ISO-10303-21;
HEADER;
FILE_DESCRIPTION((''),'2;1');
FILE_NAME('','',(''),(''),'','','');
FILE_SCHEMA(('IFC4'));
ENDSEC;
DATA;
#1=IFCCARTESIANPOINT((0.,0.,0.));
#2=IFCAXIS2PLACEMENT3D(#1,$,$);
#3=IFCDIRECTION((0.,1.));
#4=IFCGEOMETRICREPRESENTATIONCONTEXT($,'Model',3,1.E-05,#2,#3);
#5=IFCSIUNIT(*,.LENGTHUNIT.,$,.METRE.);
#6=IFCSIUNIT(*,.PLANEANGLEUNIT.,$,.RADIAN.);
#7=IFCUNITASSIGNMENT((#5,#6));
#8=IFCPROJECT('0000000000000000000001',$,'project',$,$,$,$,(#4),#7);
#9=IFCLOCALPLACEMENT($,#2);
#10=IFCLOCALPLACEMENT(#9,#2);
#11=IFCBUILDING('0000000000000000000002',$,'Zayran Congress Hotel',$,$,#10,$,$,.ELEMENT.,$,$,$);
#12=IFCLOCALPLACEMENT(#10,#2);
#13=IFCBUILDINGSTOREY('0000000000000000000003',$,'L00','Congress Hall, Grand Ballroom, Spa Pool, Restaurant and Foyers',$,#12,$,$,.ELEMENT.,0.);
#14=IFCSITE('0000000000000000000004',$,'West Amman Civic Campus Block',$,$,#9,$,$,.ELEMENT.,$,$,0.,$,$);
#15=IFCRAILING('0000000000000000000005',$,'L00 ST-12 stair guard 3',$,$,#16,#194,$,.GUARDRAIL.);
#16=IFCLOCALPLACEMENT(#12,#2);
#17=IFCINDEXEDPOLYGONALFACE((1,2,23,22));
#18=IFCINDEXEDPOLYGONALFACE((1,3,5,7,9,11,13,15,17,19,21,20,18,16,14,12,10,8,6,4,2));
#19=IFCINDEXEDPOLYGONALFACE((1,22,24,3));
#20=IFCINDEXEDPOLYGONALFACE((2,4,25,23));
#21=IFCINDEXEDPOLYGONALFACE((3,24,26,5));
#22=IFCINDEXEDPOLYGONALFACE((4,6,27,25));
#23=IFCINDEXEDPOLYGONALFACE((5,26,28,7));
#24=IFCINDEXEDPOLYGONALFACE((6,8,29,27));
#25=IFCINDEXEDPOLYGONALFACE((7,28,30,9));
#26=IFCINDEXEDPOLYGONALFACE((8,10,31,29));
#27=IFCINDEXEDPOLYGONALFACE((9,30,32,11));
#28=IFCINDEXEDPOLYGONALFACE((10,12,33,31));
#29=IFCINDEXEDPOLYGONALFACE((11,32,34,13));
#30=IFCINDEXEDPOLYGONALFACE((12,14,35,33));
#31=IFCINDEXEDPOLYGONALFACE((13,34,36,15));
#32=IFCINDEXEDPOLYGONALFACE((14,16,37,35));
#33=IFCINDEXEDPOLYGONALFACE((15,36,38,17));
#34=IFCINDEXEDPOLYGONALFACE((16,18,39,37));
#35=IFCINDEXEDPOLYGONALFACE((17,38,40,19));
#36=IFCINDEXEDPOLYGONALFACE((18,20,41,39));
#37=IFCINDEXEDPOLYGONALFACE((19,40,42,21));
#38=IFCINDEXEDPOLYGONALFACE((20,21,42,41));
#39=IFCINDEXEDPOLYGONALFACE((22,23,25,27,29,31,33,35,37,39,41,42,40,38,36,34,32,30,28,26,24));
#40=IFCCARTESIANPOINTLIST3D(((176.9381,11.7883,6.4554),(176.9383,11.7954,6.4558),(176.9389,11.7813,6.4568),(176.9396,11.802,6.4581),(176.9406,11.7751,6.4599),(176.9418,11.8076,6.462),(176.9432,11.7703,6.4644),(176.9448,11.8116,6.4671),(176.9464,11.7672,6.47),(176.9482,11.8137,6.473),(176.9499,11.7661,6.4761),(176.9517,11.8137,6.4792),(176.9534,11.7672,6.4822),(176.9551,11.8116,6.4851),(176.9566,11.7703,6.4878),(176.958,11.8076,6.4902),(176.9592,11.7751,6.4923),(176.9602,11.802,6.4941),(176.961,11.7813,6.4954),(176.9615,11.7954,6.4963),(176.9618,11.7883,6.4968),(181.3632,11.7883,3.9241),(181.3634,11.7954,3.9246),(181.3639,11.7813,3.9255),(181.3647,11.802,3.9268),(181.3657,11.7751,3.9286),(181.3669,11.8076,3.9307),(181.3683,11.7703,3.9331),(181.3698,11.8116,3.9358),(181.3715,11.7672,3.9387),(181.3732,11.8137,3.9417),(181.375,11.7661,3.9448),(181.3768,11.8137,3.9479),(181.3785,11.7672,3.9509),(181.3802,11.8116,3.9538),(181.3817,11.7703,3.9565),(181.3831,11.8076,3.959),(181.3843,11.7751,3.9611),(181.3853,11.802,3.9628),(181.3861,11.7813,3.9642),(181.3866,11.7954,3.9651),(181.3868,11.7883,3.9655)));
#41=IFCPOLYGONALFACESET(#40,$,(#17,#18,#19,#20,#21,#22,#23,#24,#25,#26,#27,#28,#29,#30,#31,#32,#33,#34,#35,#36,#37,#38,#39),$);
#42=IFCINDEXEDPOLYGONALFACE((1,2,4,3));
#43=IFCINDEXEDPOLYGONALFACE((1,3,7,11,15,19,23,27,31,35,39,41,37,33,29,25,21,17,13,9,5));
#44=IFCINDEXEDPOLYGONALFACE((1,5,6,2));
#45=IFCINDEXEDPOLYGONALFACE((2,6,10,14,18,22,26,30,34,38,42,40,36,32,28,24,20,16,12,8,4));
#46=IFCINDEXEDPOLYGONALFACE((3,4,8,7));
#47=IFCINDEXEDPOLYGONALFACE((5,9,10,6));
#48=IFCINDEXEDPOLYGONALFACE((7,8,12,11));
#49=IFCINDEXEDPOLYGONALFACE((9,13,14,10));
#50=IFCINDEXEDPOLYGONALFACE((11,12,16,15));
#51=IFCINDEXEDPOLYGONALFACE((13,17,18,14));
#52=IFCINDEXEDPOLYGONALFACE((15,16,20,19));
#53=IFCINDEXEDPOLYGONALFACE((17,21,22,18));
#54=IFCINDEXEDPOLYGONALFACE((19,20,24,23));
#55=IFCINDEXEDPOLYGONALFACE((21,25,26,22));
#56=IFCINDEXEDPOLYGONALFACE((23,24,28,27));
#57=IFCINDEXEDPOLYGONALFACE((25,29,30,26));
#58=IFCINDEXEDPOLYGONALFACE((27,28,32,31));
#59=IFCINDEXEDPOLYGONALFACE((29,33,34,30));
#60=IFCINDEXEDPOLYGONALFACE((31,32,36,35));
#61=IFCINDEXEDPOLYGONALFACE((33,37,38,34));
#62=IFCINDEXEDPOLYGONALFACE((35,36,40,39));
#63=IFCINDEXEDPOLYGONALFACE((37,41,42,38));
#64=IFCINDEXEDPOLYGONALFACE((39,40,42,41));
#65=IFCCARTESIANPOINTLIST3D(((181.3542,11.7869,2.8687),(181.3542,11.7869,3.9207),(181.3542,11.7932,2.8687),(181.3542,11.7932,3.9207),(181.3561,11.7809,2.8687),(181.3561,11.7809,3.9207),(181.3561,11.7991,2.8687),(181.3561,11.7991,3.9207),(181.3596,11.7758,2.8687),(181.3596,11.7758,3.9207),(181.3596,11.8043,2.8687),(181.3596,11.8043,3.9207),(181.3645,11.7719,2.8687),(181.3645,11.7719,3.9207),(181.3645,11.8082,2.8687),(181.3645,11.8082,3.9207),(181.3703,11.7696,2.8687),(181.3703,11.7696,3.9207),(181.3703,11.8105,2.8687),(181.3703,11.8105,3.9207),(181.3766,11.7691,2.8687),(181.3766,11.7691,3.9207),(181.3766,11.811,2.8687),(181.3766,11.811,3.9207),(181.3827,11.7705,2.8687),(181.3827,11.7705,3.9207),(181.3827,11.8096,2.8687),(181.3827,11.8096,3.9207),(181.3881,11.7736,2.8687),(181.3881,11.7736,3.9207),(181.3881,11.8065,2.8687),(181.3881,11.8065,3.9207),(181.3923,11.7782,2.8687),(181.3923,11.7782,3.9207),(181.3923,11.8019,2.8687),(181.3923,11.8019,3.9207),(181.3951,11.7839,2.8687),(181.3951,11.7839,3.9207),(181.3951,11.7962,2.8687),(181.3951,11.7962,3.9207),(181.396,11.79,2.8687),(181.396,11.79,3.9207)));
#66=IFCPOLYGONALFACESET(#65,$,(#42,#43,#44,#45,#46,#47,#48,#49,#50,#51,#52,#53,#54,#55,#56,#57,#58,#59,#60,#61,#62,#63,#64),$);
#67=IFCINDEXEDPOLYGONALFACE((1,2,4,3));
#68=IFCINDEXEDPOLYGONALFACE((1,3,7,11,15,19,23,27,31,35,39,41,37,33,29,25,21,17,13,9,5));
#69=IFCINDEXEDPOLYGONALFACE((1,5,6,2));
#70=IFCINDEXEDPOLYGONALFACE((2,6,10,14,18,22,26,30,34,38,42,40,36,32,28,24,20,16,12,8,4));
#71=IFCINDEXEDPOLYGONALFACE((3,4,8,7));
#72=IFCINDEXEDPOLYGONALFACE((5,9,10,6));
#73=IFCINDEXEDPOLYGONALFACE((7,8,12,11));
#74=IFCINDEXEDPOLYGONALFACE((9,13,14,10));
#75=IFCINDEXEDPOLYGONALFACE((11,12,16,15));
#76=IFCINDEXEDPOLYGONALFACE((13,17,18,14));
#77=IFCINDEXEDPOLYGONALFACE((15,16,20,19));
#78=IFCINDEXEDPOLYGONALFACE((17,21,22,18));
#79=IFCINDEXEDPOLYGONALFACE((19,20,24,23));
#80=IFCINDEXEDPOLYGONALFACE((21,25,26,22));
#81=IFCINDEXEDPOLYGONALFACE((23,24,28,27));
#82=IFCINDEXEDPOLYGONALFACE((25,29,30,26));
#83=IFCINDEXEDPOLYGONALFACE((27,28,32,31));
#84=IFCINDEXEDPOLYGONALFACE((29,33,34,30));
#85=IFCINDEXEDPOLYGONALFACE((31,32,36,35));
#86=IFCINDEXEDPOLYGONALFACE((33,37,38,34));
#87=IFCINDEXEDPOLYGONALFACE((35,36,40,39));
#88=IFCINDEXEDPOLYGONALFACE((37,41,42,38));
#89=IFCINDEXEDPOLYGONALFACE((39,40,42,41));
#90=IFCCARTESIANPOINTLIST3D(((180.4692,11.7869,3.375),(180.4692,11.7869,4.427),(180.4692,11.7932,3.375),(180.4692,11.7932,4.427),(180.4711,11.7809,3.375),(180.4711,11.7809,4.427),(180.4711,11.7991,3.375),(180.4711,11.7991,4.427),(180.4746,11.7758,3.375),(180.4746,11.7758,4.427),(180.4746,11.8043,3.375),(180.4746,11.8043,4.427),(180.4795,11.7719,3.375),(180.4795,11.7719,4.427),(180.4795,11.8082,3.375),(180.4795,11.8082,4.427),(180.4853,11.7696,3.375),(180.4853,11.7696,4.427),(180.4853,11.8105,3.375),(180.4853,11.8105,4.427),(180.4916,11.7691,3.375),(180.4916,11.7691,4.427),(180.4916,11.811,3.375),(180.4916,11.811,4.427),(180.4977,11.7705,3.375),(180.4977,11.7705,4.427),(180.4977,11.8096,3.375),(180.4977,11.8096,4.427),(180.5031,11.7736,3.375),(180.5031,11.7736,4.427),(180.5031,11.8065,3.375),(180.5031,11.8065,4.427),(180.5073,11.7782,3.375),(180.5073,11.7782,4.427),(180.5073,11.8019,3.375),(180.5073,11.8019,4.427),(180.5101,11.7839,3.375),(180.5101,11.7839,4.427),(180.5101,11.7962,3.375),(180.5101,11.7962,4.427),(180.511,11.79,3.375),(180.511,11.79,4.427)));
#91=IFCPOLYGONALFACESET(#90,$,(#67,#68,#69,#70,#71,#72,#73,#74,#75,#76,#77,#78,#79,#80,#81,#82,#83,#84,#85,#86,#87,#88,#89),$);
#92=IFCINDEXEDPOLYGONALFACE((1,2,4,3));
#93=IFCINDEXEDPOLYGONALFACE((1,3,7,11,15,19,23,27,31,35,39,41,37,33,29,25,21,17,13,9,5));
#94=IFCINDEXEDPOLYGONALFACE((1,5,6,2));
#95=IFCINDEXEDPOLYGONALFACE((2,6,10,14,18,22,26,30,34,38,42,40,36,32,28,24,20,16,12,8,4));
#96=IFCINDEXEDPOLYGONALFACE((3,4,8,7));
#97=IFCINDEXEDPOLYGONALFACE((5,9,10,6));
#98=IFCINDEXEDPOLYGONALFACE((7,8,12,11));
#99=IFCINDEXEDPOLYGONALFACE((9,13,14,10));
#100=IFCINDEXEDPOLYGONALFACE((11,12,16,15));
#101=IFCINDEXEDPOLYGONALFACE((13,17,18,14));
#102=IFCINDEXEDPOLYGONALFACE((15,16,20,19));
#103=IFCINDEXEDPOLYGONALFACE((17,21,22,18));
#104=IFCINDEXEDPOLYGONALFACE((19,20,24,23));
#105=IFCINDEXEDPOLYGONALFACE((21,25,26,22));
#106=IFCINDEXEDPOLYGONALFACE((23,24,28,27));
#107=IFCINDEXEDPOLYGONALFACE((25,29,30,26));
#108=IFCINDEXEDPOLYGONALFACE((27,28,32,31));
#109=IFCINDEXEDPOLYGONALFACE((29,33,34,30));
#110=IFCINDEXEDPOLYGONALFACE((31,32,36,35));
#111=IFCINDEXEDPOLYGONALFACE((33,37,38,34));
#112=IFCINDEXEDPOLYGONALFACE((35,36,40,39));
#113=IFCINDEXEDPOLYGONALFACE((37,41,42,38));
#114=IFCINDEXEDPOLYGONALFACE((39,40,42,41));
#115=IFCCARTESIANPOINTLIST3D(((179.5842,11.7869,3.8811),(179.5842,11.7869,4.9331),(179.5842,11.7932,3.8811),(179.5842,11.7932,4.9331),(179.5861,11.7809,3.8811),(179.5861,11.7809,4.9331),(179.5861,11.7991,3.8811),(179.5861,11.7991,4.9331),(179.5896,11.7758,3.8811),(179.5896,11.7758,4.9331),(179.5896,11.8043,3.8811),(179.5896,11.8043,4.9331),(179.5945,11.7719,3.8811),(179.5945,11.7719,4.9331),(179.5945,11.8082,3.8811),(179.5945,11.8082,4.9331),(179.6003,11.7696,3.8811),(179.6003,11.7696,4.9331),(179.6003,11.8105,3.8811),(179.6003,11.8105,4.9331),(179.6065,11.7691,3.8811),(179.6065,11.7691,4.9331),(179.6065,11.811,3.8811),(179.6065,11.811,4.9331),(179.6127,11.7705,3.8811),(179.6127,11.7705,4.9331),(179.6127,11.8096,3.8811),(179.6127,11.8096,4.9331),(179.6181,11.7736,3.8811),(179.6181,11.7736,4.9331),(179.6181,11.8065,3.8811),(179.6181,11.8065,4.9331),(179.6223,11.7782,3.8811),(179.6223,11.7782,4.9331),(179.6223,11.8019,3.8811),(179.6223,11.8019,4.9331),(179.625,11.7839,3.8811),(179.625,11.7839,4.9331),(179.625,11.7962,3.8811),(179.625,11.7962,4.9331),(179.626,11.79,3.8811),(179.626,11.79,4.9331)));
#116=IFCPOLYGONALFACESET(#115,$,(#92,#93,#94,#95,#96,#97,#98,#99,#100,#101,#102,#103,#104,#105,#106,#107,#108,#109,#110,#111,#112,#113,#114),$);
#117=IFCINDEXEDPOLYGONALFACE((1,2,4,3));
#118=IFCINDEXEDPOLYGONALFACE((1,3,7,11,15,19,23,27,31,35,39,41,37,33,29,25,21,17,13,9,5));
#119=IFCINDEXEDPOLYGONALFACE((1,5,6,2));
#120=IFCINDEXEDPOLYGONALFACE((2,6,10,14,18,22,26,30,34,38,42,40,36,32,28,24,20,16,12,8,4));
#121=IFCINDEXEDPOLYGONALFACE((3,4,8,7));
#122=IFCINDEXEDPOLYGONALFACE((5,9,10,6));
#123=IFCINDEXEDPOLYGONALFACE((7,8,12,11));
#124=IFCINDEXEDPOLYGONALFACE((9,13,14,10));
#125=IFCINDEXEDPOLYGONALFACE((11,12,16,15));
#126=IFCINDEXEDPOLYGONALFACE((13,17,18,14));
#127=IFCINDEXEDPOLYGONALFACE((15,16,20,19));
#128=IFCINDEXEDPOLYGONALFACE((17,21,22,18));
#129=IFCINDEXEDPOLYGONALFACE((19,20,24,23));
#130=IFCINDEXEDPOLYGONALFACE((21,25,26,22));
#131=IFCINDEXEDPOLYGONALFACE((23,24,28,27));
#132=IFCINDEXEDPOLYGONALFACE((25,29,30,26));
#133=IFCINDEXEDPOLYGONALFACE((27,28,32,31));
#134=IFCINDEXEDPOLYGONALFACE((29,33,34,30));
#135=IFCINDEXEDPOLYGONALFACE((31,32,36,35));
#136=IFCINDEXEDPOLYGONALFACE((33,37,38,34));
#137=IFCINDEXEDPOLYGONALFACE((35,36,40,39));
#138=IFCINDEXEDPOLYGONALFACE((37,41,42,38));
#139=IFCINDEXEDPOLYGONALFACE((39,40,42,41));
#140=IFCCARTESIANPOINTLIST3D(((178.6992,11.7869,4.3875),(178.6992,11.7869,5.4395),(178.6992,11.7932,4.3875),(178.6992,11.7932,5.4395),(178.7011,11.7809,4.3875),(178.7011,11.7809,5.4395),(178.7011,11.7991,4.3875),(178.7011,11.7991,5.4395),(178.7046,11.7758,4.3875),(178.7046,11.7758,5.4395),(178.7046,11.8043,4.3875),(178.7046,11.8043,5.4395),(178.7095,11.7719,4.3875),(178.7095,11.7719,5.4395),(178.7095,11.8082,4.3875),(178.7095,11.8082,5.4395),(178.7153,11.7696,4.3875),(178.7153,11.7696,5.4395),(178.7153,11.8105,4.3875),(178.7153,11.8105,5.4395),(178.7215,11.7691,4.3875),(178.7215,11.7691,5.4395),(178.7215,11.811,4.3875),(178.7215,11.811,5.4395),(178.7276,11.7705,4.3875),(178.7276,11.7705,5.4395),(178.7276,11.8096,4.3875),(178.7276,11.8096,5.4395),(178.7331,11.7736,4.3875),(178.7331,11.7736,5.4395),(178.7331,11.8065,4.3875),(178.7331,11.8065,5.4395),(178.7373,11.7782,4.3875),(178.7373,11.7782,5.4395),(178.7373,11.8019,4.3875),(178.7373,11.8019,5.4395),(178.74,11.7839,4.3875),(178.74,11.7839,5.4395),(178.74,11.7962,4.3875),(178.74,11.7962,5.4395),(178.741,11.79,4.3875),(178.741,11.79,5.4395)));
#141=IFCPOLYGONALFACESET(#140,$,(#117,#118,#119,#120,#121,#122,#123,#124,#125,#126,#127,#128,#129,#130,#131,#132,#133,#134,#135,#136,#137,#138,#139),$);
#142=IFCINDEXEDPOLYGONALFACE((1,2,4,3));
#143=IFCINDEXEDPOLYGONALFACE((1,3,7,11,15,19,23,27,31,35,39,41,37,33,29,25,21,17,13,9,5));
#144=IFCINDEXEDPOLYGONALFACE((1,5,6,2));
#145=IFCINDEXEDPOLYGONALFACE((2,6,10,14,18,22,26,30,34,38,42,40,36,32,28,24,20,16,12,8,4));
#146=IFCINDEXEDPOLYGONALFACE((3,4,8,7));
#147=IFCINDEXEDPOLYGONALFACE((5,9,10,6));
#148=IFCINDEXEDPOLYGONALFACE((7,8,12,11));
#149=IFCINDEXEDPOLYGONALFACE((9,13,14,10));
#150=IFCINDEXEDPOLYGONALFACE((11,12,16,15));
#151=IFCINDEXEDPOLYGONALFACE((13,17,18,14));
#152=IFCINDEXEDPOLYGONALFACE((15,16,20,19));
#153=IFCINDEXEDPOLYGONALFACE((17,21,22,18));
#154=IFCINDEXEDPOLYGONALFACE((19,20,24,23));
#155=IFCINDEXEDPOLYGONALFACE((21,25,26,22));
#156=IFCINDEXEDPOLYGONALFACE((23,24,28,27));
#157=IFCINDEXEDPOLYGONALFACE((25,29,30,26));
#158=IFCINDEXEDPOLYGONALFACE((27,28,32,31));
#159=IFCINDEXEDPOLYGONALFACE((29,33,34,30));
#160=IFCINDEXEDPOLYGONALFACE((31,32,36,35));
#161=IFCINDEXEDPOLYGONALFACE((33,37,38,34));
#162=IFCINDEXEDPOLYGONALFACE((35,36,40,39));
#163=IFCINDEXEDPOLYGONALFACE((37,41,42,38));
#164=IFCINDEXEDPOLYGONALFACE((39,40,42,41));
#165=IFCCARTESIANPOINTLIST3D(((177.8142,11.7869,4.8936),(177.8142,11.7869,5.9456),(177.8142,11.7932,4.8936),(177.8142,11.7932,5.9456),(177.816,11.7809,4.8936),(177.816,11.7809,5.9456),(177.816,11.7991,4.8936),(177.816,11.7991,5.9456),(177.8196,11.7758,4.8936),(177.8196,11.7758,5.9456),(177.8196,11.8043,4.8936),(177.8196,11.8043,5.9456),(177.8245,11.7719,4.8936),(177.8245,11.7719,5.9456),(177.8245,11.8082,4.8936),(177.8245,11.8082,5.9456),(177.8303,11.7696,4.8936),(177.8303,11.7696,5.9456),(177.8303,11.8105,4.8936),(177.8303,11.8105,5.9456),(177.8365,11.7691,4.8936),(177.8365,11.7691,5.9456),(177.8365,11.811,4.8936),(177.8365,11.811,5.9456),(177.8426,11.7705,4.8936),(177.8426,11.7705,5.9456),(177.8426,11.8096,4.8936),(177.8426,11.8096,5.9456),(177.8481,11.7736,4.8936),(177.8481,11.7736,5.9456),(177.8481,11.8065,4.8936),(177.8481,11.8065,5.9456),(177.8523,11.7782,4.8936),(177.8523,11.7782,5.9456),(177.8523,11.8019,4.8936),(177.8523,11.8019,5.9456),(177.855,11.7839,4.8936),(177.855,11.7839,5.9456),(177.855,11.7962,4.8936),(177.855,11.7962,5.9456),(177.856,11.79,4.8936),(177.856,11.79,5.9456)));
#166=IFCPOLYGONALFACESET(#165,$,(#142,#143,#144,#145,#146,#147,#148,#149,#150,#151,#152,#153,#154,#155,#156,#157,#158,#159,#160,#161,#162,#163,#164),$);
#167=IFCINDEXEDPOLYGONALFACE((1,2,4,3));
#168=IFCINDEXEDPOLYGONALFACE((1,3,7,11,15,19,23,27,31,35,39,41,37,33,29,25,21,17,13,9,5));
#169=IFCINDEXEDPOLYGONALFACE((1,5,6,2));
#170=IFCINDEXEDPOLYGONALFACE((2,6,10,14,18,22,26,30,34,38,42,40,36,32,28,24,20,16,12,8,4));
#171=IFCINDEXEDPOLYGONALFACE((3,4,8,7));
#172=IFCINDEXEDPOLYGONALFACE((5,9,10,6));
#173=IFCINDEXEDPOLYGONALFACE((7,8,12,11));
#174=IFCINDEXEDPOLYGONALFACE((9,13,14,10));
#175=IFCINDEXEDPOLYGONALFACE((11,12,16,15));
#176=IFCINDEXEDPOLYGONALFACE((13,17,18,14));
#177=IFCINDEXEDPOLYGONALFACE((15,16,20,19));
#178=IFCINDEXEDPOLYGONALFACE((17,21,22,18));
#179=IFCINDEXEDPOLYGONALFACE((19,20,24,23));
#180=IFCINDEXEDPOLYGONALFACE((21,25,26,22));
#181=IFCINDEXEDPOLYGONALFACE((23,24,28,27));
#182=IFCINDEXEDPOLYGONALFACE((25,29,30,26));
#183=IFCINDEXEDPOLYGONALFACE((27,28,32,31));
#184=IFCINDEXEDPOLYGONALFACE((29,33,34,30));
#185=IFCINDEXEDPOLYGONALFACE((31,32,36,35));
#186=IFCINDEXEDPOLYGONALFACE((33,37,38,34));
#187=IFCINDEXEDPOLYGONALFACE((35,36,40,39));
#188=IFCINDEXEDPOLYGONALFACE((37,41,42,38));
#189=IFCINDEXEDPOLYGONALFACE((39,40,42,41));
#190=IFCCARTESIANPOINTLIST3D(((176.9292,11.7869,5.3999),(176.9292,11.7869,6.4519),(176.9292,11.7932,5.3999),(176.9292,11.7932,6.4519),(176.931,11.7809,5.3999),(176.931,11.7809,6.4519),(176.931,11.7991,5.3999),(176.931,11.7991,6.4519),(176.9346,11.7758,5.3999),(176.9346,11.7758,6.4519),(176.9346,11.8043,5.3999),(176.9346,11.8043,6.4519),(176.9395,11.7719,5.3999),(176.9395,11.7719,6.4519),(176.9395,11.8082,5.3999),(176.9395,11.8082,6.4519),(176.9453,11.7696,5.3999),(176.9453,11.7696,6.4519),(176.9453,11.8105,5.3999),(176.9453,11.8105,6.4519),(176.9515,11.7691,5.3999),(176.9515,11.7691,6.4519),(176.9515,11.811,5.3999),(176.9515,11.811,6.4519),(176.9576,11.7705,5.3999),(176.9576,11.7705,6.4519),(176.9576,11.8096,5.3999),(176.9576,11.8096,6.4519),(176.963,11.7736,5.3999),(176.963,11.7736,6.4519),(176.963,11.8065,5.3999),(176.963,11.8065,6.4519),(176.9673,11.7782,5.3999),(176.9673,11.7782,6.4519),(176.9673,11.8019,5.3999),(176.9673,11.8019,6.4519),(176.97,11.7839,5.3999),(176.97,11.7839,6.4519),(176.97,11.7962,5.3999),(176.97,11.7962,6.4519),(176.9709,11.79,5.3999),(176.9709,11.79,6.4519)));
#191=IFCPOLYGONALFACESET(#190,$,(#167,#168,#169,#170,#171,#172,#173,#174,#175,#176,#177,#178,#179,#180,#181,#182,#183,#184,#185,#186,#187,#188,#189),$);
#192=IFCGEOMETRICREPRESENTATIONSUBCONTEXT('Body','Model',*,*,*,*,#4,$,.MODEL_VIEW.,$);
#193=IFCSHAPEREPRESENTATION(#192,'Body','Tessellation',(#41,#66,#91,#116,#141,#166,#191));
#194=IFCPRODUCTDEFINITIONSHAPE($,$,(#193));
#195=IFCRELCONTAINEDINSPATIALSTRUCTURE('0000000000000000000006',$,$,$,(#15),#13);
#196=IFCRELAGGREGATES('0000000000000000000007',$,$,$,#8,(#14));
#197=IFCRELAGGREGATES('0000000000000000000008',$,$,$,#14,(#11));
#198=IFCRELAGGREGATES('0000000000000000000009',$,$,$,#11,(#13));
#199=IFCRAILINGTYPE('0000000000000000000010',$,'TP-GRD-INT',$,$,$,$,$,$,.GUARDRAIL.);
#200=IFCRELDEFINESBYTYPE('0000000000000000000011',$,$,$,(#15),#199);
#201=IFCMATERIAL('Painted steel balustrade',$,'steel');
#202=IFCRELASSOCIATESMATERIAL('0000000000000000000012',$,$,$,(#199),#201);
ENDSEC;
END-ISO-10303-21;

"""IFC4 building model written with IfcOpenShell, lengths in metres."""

from ifc_helpers import new_model, si_unit, direction, frame, origin, origin_2d, place, context, subcontext, project, spatial, circle, extrude, material, type_object, element, save


model = new_model("IFC4")

# Units and contexts
model_context = context("Model", 3, precision=1e-05, world=origin(), true_north=direction((0.0, 1.0)))
body_context = subcontext(model_context, "Body", "Model", "MODEL_VIEW")
ifc_project = project(units=[si_unit("LENGTHUNIT", "METRE"), si_unit("PLANEANGLEUNIT", "RADIAN")], contexts=[model_context])

# Site, building, storey
site_placement = place(None, origin())
site = spatial("IfcSite", under=ifc_project, at=site_placement, Name="West Amman Civic Campus Block", CompositionType="ELEMENT", RefElevation=0.0)
building_placement = place(site_placement, origin())
building = spatial("IfcBuilding", under=site, at=building_placement, Name="Zayran Congress Hotel", CompositionType="ELEMENT")
storey_placement = place(building_placement, origin())
storey = spatial("IfcBuildingStorey", under=building, at=storey_placement, Name="L00", Description="Congress Hall, Grand Ballroom, Spa Pool, Restaurant and Foyers", CompositionType="ELEMENT", Elevation=0.0)

# Railing
ifc_material_1 = material(Name="Painted steel balustrade", Category="steel")
railing_type_1 = type_object("IfcRailingType", Name="TP-GRD-INT", PredefinedType="GUARDRAIL", material=ifc_material_1)
railing_1_placement = place(storey_placement, frame((181.375, 11.79, 2.8687)))
element("IfcRailing", 1, at=railing_1_placement, inside=storey, type_object=railing_type_1, Name="L00 ST-12 stair guard 3", PredefinedType="GUARDRAIL", context=body_context, shape_type="SweptSolid", body=[
    extrude(circle(Radius=0.0239, at=origin_2d()), frame((0.0, 0.0, 1.0762), z_axis=(-0.868019, 0.0, 0.496531), x_axis=(0.0, -1.0, 0.0)), (0.0, 0.0, 1.0), 5.0979),
    extrude(circle(Radius=0.021, at=origin_2d()), origin(), (0.0, 0.0, 1.0), 1.052),
    extrude(circle(Radius=0.021, at=origin_2d()), frame((-0.885, 0.0, 0.5063)), (0.0, 0.0, 1.0), 1.052),
    extrude(circle(Radius=0.021, at=origin_2d()), frame((-1.77, 0.0, 1.0125)), (0.0, 0.0, 1.0), 1.052),
    extrude(circle(Radius=0.021, at=origin_2d()), frame((-2.655, 0.0, 1.5188)), (0.0, 0.0, 1.0), 1.052),
    extrude(circle(Radius=0.021, at=origin_2d()), frame((-3.54, 0.0, 2.0249)), (0.0, 0.0, 1.0), 1.052),
    extrude(circle(Radius=0.021, at=origin_2d()), frame((-4.425, 0.0, 2.5312)), (0.0, 0.0, 1.0), 1.052),
])

save(model, "model.ifc")
